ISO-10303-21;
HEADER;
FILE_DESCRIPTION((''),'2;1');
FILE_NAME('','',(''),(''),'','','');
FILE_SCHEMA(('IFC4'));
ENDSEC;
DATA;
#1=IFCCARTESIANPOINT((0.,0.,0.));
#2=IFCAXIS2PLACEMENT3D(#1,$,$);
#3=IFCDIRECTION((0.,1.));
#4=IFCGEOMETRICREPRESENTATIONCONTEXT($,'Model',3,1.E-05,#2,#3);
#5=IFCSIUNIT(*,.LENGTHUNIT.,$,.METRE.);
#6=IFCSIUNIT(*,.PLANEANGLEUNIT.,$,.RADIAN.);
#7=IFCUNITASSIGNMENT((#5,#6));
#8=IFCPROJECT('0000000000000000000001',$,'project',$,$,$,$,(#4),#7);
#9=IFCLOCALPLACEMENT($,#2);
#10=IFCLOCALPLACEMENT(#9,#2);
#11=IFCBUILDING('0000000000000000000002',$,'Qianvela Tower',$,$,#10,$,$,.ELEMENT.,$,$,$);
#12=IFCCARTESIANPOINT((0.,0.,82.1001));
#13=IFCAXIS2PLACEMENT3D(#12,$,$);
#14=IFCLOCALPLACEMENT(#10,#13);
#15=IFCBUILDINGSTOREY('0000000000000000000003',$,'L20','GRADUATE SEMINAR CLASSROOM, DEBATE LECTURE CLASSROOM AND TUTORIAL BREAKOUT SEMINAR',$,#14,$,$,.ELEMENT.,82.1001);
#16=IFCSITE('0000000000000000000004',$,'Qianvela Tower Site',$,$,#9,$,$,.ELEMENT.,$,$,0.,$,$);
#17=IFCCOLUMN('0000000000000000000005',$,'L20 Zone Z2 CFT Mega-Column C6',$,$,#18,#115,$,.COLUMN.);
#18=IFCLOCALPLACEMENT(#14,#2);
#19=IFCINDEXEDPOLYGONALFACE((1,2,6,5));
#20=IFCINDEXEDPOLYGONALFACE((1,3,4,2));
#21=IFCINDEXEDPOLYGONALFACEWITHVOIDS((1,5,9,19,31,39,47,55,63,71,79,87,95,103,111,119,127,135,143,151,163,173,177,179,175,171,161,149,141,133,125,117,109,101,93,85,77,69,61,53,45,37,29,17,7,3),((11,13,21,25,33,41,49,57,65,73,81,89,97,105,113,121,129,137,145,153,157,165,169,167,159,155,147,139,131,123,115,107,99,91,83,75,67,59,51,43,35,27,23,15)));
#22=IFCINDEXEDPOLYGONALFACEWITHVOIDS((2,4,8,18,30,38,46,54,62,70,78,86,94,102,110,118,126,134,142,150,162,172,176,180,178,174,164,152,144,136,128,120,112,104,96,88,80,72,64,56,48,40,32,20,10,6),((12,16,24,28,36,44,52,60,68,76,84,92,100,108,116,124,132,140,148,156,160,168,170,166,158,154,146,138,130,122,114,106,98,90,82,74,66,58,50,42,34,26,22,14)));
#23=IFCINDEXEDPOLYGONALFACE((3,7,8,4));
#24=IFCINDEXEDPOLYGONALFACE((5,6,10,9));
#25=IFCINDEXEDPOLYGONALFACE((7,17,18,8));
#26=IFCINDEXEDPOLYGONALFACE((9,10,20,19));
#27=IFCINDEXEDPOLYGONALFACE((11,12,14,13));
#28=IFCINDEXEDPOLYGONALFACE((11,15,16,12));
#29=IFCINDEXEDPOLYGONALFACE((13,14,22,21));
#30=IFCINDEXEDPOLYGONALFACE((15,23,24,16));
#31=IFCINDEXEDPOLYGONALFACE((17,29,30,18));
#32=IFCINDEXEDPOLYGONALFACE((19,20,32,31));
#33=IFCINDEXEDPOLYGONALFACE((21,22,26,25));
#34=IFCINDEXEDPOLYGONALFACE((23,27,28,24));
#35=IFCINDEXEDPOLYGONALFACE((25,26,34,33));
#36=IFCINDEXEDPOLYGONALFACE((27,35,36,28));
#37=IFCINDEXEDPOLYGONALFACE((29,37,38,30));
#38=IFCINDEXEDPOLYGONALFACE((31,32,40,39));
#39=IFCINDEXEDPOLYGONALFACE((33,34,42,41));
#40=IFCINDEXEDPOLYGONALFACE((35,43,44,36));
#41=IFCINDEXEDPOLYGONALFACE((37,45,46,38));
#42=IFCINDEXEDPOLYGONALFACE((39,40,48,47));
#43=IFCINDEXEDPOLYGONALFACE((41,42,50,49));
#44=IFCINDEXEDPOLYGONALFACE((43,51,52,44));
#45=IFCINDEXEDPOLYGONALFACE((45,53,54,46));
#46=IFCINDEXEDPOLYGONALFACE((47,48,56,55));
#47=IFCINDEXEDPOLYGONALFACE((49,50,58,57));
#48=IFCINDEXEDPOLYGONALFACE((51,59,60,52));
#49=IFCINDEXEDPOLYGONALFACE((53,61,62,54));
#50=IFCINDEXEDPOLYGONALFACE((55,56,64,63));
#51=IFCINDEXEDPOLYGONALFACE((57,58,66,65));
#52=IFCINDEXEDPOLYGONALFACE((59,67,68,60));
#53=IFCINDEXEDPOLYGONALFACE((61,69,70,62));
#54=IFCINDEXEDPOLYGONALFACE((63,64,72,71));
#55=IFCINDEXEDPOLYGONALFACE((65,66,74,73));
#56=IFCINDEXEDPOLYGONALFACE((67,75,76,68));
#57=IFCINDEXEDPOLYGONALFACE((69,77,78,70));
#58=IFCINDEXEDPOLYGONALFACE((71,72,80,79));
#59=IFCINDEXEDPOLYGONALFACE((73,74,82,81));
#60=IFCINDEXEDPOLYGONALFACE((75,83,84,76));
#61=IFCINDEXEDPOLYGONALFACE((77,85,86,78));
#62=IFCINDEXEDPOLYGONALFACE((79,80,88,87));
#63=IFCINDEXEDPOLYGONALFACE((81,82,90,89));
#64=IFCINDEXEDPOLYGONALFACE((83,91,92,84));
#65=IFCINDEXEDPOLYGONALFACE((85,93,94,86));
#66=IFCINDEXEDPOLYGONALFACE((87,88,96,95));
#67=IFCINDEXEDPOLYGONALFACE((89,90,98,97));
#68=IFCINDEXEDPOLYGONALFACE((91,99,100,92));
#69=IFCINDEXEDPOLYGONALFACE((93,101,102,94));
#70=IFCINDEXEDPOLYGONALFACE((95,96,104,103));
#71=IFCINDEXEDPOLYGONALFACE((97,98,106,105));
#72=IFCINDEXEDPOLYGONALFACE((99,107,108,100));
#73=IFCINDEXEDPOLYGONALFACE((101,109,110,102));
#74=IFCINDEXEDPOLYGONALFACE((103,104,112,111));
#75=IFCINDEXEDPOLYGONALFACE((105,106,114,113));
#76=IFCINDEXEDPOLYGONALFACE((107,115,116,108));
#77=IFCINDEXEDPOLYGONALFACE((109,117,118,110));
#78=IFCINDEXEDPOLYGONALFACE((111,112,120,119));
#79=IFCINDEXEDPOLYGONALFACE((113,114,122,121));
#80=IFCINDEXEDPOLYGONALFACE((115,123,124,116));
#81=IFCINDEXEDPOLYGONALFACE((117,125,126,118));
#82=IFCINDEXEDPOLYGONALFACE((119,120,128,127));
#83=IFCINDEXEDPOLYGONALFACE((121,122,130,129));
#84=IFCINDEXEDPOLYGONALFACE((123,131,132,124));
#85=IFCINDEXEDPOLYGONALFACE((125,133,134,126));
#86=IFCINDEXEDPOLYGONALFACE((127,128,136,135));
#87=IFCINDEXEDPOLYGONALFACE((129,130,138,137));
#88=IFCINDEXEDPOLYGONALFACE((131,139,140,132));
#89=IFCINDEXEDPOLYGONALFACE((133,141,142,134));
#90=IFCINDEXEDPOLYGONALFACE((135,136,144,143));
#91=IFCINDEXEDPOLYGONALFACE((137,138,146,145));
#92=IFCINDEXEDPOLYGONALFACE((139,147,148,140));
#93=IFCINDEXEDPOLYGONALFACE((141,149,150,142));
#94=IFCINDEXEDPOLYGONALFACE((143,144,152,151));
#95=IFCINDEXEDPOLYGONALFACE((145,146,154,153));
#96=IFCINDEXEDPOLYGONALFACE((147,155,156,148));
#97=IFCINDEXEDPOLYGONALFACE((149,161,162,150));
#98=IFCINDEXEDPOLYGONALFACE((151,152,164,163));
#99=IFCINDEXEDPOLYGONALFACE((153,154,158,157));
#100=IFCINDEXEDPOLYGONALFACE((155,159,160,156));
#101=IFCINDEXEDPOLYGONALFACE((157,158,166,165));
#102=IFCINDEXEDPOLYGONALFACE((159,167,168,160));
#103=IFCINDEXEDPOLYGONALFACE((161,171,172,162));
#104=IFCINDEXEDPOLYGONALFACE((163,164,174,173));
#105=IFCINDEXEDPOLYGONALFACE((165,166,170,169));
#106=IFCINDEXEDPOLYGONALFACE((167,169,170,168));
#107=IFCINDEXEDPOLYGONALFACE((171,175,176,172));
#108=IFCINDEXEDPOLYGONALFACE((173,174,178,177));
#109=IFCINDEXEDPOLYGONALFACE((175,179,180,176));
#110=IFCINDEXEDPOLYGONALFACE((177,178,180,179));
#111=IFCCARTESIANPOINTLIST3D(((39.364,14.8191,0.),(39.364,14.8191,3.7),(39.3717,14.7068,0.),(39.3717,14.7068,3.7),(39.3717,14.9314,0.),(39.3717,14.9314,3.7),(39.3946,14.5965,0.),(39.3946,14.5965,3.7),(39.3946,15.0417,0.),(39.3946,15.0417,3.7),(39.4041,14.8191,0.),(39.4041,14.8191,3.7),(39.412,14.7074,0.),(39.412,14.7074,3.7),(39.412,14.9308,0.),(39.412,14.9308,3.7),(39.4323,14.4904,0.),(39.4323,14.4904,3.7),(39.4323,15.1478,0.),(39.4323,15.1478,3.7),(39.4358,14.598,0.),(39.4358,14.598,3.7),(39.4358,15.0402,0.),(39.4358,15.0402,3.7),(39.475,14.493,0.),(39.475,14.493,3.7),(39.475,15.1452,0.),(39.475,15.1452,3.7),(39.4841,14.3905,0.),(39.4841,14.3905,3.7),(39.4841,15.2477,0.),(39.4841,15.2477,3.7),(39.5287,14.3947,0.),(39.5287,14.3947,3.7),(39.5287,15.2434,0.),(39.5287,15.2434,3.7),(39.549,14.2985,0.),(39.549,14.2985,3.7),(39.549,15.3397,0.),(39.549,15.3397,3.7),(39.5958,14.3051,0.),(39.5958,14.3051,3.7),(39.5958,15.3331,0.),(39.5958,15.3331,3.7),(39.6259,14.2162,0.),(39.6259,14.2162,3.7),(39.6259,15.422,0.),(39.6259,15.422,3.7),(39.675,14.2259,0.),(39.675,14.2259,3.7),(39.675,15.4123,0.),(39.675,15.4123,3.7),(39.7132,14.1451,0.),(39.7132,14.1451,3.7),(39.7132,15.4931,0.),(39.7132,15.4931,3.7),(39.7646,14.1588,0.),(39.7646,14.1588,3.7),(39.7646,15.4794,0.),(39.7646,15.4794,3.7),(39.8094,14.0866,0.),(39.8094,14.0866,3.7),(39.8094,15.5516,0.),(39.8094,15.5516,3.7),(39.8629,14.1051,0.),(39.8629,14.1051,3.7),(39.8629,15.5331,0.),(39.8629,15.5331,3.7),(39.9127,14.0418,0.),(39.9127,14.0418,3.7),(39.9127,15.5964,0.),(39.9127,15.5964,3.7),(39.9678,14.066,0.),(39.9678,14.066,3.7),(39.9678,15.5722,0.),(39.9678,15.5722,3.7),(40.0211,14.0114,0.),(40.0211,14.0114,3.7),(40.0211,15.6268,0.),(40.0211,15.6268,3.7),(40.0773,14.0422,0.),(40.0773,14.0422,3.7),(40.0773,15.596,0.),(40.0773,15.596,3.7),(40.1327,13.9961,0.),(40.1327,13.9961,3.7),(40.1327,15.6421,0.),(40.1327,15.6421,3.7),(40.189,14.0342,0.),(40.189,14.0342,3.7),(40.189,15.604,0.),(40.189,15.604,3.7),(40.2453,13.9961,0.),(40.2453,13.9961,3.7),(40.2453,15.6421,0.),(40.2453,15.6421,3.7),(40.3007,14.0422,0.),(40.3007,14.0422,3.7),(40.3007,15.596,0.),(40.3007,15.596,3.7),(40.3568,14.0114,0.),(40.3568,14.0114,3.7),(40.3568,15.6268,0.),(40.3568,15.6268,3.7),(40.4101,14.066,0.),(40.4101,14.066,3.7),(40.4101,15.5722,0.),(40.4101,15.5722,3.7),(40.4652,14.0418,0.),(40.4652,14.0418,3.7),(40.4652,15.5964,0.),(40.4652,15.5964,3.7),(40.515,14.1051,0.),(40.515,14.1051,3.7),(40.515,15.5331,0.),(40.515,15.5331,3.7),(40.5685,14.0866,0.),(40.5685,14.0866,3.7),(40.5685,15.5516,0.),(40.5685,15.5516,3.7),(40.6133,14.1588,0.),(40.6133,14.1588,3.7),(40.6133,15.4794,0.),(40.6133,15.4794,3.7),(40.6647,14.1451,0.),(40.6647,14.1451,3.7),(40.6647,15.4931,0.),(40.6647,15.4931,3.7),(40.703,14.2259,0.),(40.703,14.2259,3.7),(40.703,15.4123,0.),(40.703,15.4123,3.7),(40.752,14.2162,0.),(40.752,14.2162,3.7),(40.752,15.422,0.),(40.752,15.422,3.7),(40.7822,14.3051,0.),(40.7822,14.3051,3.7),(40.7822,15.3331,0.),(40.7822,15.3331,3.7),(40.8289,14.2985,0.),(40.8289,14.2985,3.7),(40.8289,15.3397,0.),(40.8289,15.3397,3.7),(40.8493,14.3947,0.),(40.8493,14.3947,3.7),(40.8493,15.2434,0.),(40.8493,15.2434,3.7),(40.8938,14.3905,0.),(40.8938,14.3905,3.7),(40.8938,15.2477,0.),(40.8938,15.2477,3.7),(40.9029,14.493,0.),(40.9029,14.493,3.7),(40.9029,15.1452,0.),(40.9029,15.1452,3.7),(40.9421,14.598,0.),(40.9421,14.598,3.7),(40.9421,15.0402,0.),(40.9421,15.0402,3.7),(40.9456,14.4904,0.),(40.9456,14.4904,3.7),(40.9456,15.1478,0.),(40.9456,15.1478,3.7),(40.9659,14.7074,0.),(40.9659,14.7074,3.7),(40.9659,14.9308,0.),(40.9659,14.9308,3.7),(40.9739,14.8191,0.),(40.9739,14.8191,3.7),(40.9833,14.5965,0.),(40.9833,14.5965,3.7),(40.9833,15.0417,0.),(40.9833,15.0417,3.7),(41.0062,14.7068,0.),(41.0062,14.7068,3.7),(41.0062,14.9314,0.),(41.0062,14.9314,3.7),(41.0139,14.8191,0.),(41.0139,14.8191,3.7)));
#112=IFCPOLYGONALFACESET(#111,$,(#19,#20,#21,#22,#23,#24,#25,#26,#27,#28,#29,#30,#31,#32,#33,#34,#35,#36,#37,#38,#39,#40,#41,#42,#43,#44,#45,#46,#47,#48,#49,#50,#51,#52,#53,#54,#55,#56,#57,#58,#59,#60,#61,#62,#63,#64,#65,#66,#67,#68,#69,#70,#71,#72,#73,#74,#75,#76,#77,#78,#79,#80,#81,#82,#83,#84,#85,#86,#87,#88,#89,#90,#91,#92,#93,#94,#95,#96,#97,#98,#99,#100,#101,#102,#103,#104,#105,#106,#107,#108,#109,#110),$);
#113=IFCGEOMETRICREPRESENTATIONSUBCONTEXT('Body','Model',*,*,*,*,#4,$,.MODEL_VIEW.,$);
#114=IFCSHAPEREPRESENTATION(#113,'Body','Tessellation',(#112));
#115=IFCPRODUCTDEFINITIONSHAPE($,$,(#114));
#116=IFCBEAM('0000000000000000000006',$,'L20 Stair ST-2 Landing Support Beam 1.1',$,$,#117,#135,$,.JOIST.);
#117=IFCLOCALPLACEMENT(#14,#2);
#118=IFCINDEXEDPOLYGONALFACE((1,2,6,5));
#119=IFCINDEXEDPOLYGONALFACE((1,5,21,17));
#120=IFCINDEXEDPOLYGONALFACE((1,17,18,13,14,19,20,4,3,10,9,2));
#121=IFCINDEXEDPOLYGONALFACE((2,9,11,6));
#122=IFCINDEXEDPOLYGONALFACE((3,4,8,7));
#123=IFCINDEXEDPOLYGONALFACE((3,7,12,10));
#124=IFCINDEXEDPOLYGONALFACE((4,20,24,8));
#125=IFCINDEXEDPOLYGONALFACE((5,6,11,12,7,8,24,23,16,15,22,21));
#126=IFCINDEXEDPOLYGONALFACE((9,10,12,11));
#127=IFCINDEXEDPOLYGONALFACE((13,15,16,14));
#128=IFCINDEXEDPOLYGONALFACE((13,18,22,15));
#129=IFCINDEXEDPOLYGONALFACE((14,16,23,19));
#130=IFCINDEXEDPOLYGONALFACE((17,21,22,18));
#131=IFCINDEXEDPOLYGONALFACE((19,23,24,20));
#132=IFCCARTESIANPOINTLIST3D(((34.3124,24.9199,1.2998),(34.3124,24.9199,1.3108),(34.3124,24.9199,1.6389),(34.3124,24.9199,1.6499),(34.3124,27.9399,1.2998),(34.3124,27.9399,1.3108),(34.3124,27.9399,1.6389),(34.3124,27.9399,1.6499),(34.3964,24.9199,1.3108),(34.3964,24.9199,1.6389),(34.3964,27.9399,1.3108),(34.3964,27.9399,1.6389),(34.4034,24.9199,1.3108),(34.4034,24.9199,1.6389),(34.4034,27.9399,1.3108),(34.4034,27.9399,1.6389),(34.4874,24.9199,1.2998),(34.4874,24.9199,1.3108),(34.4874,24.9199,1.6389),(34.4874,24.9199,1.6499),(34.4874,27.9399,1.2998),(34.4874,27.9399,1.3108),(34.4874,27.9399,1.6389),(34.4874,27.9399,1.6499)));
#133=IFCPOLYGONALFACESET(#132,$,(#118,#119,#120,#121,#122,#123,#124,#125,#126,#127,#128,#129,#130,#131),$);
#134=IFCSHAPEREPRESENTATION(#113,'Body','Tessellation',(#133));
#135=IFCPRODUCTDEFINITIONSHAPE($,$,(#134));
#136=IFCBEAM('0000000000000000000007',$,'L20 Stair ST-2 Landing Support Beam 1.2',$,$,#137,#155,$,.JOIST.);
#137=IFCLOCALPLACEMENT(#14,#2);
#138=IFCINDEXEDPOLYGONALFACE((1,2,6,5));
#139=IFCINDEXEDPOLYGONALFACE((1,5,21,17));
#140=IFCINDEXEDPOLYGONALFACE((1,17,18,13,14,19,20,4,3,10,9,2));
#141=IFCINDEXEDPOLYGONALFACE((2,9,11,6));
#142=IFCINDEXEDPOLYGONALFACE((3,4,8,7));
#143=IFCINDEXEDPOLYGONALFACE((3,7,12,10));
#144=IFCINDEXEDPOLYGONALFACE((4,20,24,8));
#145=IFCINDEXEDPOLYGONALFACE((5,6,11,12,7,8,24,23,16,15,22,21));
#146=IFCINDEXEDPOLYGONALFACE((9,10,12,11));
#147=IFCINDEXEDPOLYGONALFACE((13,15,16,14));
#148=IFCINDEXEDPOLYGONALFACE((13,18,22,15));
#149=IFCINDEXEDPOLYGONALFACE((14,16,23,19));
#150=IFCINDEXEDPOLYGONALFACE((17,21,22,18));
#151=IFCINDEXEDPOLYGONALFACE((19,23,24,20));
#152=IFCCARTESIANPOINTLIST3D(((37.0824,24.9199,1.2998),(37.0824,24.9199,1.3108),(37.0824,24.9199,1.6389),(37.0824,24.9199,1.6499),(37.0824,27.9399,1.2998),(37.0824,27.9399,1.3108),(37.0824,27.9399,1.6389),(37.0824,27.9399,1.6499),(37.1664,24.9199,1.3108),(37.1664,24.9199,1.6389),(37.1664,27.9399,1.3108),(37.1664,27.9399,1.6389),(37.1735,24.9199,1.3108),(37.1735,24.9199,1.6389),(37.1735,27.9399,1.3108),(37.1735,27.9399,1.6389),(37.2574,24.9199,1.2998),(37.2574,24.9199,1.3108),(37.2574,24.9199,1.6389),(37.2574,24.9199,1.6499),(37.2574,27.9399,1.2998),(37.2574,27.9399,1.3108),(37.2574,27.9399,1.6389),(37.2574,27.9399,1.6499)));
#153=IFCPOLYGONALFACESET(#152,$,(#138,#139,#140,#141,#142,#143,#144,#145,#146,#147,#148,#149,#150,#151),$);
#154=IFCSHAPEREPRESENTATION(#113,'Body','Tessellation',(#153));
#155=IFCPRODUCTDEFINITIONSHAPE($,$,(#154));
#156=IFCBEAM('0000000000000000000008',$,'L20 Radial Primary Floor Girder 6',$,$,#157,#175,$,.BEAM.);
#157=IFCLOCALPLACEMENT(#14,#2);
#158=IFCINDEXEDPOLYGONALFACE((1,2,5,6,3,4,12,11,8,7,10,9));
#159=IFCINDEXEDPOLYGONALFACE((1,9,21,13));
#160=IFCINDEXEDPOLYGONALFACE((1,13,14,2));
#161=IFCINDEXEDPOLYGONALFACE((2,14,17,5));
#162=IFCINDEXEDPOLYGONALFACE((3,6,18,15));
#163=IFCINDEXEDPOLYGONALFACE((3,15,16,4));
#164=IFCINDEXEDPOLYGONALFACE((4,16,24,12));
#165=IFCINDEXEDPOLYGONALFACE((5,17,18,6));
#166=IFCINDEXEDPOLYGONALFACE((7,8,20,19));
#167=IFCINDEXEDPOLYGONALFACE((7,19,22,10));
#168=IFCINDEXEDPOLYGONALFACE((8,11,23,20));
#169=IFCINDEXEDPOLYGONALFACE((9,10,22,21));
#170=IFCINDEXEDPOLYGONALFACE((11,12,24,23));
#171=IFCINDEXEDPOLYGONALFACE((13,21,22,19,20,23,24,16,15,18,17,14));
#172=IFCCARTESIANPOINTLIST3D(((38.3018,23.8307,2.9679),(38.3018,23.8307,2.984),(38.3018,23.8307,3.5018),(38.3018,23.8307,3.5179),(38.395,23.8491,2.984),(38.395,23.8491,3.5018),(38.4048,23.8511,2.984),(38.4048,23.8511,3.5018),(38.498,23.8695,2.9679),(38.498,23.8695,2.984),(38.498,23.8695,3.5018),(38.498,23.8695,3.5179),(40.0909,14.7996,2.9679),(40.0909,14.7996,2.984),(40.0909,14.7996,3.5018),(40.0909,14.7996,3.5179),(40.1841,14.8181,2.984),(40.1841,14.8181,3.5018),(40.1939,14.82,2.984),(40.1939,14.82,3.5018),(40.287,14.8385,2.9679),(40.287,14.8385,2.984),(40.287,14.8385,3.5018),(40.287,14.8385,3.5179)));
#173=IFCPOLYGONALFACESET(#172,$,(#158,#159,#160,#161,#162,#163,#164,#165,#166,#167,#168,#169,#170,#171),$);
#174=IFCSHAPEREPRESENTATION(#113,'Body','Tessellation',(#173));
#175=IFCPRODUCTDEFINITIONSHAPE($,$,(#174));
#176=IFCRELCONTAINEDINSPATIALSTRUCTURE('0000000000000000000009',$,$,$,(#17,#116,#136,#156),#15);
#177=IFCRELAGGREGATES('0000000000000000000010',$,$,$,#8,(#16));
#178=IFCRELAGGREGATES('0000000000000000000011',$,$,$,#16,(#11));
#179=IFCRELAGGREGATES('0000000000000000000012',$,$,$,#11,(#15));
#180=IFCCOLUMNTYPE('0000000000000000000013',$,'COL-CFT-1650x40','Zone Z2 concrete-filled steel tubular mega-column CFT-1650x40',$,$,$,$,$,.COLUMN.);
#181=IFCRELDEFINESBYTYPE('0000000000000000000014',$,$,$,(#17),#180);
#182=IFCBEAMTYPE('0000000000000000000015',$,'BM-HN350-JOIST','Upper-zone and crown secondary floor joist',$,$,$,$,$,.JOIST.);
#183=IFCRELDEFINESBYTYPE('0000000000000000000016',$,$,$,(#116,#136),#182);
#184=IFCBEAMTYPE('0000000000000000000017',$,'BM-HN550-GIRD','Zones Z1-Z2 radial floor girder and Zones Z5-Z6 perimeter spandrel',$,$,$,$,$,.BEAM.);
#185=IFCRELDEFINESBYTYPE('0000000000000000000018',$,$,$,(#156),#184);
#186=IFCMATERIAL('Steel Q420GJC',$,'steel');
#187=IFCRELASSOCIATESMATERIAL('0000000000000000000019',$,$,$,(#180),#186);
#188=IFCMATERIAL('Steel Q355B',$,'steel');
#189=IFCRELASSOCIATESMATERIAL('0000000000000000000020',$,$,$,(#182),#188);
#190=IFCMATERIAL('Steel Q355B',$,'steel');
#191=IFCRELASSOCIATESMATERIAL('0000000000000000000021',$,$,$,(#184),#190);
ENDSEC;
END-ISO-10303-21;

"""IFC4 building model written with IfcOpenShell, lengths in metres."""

from ifc_helpers import new_model, si_unit, direction, frame, origin, origin_2d, place, context, subcontext, project, spatial, hollow_circle, i_section, extrude, material, material_profile, profile_set, type_object, element, save


model = new_model("IFC4")

# Units and contexts
model_context = context("Model", 3, precision=1e-05, world=origin(), true_north=direction((0.0, 1.0)))
body_context = subcontext(model_context, "Body", "Model", "MODEL_VIEW")
ifc_project = project(units=[si_unit("LENGTHUNIT", "METRE"), si_unit("PLANEANGLEUNIT", "RADIAN")], contexts=[model_context])

# Site, building, storey
site_placement = place(None, origin())
site = spatial("IfcSite", under=ifc_project, at=site_placement, Name="Qianvela Tower Site", CompositionType="ELEMENT", RefElevation=0.0)
building_placement = place(site_placement, origin())
building = spatial("IfcBuilding", under=site, at=building_placement, Name="Qianvela Tower", CompositionType="ELEMENT")
storey_placement = place(building_placement, frame((0.0, 0.0, 82.1001)))
storey = spatial("IfcBuildingStorey", under=building, at=storey_placement, Name="L20", Description="GRADUATE SEMINAR CLASSROOM, DEBATE LECTURE CLASSROOM AND TUTORIAL BREAKOUT SEMINAR", CompositionType="ELEMENT", Elevation=82.1001)

# Column
ifc_material_1 = material(Name="Steel Q420GJC", Category="steel")
ifc_material_profile_1 = material_profile(ifc_material_1, hollow_circle(Radius=0.825, WallThickness=0.04, at=origin_2d()), Name="CFT-1650x40")
ifc_profile_set_1 = profile_set([ifc_material_profile_1], Name="Steel Q420GJC")
column_type = type_object("IfcColumnType", Name="COL-CFT-1650x40", Description="Zone Z2 concrete-filled steel tubular mega-column CFT-1650x40", PredefinedType="COLUMN", material=ifc_profile_set_1)
for number, where, z_axis, x_axis, name in (
    (1, (40.189, 14.8191, 0.0), (0.0, 0.0, 1.0), (1.0, 0.0, 0.0), "L20 Zone Z2 CFT Mega-Column C6"),
):
    element("IfcColumn", number, at=place(storey_placement, frame(where, z_axis=z_axis, x_axis=x_axis)), inside=storey, type_object=column_type, Name=name, PredefinedType="COLUMN", context=body_context, shape_type="SweptSolid", body=[
        extrude(hollow_circle(Radius=0.825, WallThickness=0.04, at=origin_2d()), origin(), (0.0, 0.0, 1.0), 3.7),
    ])

# Beams
ifc_material_2 = material(Name="Steel Q355B", Category="steel")
ifc_material_profile_2 = material_profile(ifc_material_2, i_section(OverallWidth=0.175, OverallDepth=0.3501, WebThickness=0.0071, FlangeThickness=0.011, at=origin_2d()), Name="HN350x175x7x11")
ifc_profile_set_2 = profile_set([ifc_material_profile_2], Name="Steel Q355B")
beam_type_1 = type_object("IfcBeamType", Name="BM-HN350-JOIST", Description="Upper-zone and crown secondary floor joist", PredefinedType="JOIST", material=ifc_profile_set_2)
for number, where, z_axis, x_axis, name in (
    (2, (34.3999, 24.9199, 1.4749), (0.0, 1.0, 0.0), (-1.0, 0.0, 0.0), "L20 Stair ST-2 Landing Support Beam 1.1"),
    (3, (37.1699, 24.9199, 1.4749), (0.0, 1.0, 0.0), (-1.0, 0.0, 0.0), "L20 Stair ST-2 Landing Support Beam 1.2"),
):
    element("IfcBeam", number, at=place(storey_placement, frame(where, z_axis=z_axis, x_axis=x_axis)), inside=storey, type_object=beam_type_1, Name=name, PredefinedType="JOIST", context=body_context, shape_type="SweptSolid", body=[
        extrude(i_section(OverallWidth=0.175, OverallDepth=0.3501, WebThickness=0.0071, FlangeThickness=0.011, at=origin_2d()), origin(), (0.0, 0.0, 1.0), 3.02),
    ])
ifc_material_3 = material(Name="Steel Q355B", Category="steel")
ifc_material_profile_3 = material_profile(ifc_material_3, i_section(OverallWidth=0.2, OverallDepth=0.55, WebThickness=0.01, FlangeThickness=0.0161, at=origin_2d()), Name="HN550x200x10x16")
ifc_profile_set_3 = profile_set([ifc_material_profile_3], Name="Steel Q355B")
beam_type_2 = type_object("IfcBeamType", Name="BM-HN550-GIRD", Description="Zones Z1-Z2 radial floor girder and Zones Z5-Z6 perimeter spandrel", PredefinedType="BEAM", material=ifc_profile_set_3)
beam_1_placement = place(storey_placement, frame((38.3999, 23.8501, 3.2429), z_axis=(0.194326, -0.980937, 0.0), x_axis=(0.980937, 0.194326, 0.0)))
element("IfcBeam", 4, at=beam_1_placement, inside=storey, type_object=beam_type_2, Name="L20 Radial Primary Floor Girder 6", PredefinedType="BEAM", context=body_context, shape_type="SweptSolid", body=[
    extrude(i_section(OverallWidth=0.2, OverallDepth=0.55, WebThickness=0.01, FlangeThickness=0.0161, at=origin_2d()), origin(), (0.0, 0.0, 1.0), 9.2065),
])

save(model, "model.ifc")
